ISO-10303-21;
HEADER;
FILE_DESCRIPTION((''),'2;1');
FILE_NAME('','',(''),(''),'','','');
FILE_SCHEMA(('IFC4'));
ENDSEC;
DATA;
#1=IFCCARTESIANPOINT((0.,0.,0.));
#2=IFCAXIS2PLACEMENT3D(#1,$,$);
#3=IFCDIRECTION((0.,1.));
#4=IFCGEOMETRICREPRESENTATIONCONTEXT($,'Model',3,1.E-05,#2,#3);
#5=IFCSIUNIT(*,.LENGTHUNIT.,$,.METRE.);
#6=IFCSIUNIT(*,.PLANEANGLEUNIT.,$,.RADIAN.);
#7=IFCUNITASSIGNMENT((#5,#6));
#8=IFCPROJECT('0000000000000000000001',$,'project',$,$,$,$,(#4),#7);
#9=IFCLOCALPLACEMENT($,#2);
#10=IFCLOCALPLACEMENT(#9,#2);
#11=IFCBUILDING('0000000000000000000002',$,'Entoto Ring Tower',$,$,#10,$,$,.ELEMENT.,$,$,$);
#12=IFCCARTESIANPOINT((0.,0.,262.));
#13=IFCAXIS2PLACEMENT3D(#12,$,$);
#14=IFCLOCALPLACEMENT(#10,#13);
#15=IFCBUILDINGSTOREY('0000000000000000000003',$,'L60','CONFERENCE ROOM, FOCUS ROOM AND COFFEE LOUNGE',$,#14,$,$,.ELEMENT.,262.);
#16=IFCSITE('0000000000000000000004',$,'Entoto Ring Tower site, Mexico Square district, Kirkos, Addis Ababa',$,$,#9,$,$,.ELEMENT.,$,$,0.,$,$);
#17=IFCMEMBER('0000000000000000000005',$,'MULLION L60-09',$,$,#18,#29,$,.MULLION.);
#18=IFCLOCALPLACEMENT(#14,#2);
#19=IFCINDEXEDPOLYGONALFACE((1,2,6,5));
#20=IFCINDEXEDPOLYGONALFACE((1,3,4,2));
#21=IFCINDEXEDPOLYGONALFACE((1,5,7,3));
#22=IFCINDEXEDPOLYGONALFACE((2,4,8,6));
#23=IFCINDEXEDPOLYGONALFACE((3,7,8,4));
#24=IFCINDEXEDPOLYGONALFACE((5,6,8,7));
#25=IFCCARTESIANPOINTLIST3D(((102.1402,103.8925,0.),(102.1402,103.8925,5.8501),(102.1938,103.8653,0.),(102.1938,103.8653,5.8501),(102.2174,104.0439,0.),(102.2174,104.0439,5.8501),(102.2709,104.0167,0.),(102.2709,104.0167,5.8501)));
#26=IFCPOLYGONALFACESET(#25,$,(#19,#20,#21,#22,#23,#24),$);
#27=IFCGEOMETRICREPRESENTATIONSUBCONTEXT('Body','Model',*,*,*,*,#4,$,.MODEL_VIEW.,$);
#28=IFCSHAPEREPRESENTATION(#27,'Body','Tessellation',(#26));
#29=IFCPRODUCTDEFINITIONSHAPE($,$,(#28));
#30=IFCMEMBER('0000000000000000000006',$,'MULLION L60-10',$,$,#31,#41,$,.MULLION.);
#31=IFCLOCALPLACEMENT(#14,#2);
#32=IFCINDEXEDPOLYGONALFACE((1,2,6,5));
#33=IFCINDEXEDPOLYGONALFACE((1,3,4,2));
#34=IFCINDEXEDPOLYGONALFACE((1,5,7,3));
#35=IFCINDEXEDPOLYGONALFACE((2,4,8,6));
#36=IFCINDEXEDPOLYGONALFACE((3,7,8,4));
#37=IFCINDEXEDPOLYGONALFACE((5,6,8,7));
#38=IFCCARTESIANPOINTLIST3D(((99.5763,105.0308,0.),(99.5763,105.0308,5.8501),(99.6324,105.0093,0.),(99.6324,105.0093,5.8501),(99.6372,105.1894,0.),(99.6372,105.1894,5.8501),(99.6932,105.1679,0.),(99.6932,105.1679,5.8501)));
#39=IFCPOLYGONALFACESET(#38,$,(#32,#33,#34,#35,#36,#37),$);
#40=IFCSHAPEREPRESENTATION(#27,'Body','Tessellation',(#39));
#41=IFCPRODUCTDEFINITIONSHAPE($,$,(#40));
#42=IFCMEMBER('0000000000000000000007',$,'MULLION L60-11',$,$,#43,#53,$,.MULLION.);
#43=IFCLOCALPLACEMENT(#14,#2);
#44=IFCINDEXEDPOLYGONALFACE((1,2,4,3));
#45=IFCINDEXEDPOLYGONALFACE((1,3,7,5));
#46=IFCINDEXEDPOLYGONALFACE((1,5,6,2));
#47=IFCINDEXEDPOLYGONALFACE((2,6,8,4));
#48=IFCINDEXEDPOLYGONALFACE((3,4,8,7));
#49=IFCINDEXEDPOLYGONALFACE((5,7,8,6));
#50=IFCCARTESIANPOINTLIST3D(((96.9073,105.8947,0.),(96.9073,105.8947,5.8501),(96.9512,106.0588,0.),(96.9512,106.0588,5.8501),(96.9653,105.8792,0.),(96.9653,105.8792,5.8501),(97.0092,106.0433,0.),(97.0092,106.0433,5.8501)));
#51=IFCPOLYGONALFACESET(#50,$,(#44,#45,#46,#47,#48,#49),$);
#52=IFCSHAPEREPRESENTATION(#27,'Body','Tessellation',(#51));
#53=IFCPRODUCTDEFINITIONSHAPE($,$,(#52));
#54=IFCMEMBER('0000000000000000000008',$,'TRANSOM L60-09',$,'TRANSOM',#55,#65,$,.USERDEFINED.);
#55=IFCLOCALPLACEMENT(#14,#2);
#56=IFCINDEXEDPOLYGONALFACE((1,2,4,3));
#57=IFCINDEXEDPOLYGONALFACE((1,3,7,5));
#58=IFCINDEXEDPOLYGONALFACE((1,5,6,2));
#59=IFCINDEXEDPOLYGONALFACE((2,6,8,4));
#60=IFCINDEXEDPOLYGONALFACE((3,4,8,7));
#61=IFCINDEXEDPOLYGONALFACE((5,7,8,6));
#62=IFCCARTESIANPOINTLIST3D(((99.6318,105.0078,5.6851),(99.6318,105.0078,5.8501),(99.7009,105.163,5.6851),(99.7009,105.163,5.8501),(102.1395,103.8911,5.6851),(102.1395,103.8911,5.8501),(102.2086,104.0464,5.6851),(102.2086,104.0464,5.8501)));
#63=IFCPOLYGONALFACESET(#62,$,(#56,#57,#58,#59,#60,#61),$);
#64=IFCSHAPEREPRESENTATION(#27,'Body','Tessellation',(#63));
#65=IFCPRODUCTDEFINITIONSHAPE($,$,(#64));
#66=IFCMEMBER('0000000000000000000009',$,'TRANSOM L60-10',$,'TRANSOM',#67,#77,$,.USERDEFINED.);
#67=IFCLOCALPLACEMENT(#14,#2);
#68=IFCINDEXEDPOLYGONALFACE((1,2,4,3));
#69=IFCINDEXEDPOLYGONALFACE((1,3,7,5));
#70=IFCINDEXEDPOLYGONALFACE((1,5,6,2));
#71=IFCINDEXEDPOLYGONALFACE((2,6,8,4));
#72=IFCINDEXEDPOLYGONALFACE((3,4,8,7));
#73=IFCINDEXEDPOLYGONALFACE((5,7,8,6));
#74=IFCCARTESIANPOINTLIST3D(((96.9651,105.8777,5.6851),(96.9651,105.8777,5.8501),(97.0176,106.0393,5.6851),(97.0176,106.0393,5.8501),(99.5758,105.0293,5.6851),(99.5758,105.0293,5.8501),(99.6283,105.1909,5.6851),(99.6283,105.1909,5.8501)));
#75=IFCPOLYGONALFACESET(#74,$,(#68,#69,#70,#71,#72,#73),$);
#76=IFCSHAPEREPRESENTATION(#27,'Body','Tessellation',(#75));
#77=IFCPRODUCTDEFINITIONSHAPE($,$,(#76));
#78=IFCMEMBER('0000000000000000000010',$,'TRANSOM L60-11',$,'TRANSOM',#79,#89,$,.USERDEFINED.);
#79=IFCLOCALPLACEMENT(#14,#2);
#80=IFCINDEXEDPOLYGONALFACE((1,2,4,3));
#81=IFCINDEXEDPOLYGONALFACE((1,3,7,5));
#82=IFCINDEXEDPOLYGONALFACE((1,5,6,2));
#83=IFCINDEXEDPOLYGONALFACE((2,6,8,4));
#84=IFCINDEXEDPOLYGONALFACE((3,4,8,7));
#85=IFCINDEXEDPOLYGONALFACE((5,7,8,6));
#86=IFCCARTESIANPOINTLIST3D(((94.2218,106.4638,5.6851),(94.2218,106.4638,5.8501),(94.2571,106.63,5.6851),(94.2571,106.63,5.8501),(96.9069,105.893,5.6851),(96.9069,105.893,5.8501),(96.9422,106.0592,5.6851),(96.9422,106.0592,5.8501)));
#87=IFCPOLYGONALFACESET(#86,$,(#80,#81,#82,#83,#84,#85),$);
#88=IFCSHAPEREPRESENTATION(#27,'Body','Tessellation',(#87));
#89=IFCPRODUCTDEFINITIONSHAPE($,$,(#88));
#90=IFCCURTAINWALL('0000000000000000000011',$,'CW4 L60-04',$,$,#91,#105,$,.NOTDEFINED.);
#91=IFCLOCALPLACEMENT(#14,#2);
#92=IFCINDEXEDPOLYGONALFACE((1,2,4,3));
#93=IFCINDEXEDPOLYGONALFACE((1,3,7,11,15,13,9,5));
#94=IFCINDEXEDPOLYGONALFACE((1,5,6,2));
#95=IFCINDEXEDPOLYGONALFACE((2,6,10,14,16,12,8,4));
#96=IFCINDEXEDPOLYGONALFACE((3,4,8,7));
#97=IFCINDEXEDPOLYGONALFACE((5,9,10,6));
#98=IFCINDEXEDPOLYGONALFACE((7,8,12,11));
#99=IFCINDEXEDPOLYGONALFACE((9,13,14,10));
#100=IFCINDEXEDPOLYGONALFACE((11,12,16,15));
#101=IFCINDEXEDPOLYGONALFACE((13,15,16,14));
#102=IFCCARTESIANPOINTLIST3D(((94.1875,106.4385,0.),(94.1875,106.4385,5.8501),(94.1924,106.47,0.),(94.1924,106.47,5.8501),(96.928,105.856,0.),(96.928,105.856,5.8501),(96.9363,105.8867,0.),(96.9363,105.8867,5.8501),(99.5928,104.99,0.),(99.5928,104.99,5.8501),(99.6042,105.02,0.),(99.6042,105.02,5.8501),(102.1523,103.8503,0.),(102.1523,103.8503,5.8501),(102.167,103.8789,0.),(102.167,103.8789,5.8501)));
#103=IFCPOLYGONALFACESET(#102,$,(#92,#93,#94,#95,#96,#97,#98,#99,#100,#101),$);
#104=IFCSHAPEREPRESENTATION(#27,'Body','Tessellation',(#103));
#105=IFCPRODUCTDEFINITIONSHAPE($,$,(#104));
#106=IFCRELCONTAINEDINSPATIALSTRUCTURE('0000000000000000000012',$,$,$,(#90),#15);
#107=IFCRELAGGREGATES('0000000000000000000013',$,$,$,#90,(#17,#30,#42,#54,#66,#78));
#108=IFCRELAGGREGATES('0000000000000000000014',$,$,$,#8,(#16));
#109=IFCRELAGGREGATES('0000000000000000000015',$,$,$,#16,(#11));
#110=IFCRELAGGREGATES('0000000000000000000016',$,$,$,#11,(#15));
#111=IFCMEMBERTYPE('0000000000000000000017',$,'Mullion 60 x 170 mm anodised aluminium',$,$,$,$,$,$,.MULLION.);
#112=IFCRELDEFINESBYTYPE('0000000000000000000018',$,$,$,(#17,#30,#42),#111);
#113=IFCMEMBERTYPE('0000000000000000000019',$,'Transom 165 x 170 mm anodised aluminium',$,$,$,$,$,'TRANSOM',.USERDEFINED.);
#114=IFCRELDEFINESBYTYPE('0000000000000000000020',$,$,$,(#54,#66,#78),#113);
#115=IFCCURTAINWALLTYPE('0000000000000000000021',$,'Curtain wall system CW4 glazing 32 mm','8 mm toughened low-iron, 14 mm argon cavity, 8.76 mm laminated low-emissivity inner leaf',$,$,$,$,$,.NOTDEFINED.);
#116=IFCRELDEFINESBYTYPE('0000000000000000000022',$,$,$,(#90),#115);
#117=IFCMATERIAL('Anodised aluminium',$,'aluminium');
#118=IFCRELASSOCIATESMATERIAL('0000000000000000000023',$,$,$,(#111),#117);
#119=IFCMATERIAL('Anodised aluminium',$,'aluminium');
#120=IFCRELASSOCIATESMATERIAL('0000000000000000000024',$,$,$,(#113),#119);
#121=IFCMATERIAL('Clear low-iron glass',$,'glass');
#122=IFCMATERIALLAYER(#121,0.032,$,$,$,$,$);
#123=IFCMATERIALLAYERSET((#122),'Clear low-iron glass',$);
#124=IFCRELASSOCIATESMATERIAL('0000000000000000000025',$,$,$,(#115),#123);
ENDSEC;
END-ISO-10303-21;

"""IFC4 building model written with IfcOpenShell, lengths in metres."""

from ifc_helpers import new_model, si_unit, direction, frame, origin, origin_2d, place, context, subcontext, project, spatial, polyline, rectangle, outline, extrude, material, layer, layer_set, material_profile, profile_set, type_object, element, aggregate, save


model = new_model("IFC4")

# Units and contexts
model_context = context("Model", 3, precision=1e-05, world=origin(), true_north=direction((0.0, 1.0)))
body_context = subcontext(model_context, "Body", "Model", "MODEL_VIEW")
ifc_project = project(units=[si_unit("LENGTHUNIT", "METRE"), si_unit("PLANEANGLEUNIT", "RADIAN")], contexts=[model_context])

# Members
ifc_material_1 = material(Name="Anodised aluminium", Category="aluminium")
ifc_material_profile_1 = material_profile(ifc_material_1, rectangle(XDim=0.0601, YDim=0.1699, at=origin_2d()), Name="Mullion 60 x 170 mm anodised aluminium")
ifc_profile_set_1 = profile_set([ifc_material_profile_1], Name="Anodised aluminium")
member_type_1 = type_object("IfcMemberType", Name="Mullion 60 x 170 mm anodised aluminium", PredefinedType="MULLION", material=ifc_profile_set_1)
site_placement = place(None, origin())
building_placement = place(site_placement, origin())
storey_placement = place(building_placement, frame((0.0, 0.0, 262.0)))
member_1_placement = place(storey_placement, frame((102.2056, 103.9546, 0.0), z_axis=(0.0, 0.0, 1.0), x_axis=(-0.891007, 0.45399, 0.0)))
member_1 = element("IfcMember", 1, at=member_1_placement, type_object=member_type_1, Name="MULLION L60-09", PredefinedType="MULLION", context=body_context, shape_type="SweptSolid", body=[
    extrude(rectangle(XDim=0.0601, YDim=0.1699, at=origin_2d()), origin(), (0.0, 0.0, 1.0), 5.8501),
])
member_2_placement = place(storey_placement, frame((99.6348, 105.0994, 0.0), z_axis=(0.0, 0.0, 1.0), x_axis=(-0.93358, 0.358368, 0.0)))
member_2 = element("IfcMember", 2, at=member_2_placement, type_object=member_type_1, Name="MULLION L60-10", PredefinedType="MULLION", context=body_context, shape_type="SweptSolid", body=[
    extrude(rectangle(XDim=0.0601, YDim=0.1699, at=origin_2d()), origin(), (0.0, 0.0, 1.0), 5.8501),
])
member_3_placement = place(storey_placement, frame((96.9583, 105.969, 0.0), z_axis=(0.0, 0.0, 1.0), x_axis=(-0.965926, 0.258819, 0.0)))
member_3 = element("IfcMember", 3, at=member_3_placement, type_object=member_type_1, Name="MULLION L60-11", PredefinedType="MULLION", context=body_context, shape_type="SweptSolid", body=[
    extrude(rectangle(XDim=0.0601, YDim=0.1699, at=origin_2d()), origin(), (0.0, 0.0, 1.0), 5.8501),
])
ifc_material_2 = material(Name="Anodised aluminium", Category="aluminium")
ifc_material_profile_2 = material_profile(ifc_material_2, rectangle(XDim=0.1699, YDim=0.165, at=origin_2d()), Name="Transom 165 x 170 mm anodised aluminium")
ifc_profile_set_2 = profile_set([ifc_material_profile_2], Name="Anodised aluminium")
member_type_2 = type_object("IfcMemberType", Name="Transom 165 x 170 mm anodised aluminium", ElementType="TRANSOM", PredefinedType="USERDEFINED", material=ifc_profile_set_2)
member_4_placement = place(storey_placement, frame((102.1741, 103.9688, 5.7676), z_axis=(-0.913525, 0.406782, 0.0), x_axis=(-0.406782, -0.913525, 0.0)))
member_4 = element("IfcMember", 4, at=member_4_placement, type_object=member_type_2, Name="TRANSOM L60-09", ObjectType="TRANSOM", PredefinedType="USERDEFINED", context=body_context, shape_type="SweptSolid", body=[
    extrude(rectangle(XDim=0.1699, YDim=0.165, at=origin_2d()), origin(), (0.0, 0.0, 1.0), 2.7451),
])
member_5_placement = place(storey_placement, frame((99.6021, 105.1101, 5.7676), z_axis=(-0.951048, 0.309042, 0.0), x_axis=(-0.309042, -0.951048, 0.0)))
member_5 = element("IfcMember", 5, at=member_5_placement, type_object=member_type_2, Name="TRANSOM L60-10", ObjectType="TRANSOM", PredefinedType="USERDEFINED", context=body_context, shape_type="SweptSolid", body=[
    extrude(rectangle(XDim=0.1699, YDim=0.165, at=origin_2d()), origin(), (0.0, 0.0, 1.0), 2.7451),
])
member_6_placement = place(storey_placement, frame((96.9246, 105.9761, 5.7676), z_axis=(-0.978142, 0.207937, 0.0), x_axis=(-0.207937, -0.978142, 0.0)))
member_6 = element("IfcMember", 6, at=member_6_placement, type_object=member_type_2, Name="TRANSOM L60-11", ObjectType="TRANSOM", PredefinedType="USERDEFINED", context=body_context, shape_type="SweptSolid", body=[
    extrude(rectangle(XDim=0.1699, YDim=0.165, at=origin_2d()), origin(), (0.0, 0.0, 1.0), 2.7451),
])

# Site, building, storey
site = spatial("IfcSite", under=ifc_project, at=site_placement, Name="Entoto Ring Tower site, Mexico Square district, Kirkos, Addis Ababa", CompositionType="ELEMENT", RefElevation=0.0)
building = spatial("IfcBuilding", under=site, at=building_placement, Name="Entoto Ring Tower", CompositionType="ELEMENT")
storey = spatial("IfcBuildingStorey", under=building, at=storey_placement, Name="L60", Description="CONFERENCE ROOM, FOCUS ROOM AND COFFEE LOUNGE", CompositionType="ELEMENT", Elevation=262.0)

# Curtain wall
ifc_material_3 = material(Name="Clear low-iron glass", Category="glass")
ifc_layer_1 = layer(ifc_material_3, 0.032)
ifc_layer_set_1 = layer_set([ifc_layer_1], Name="Clear low-iron glass")
curtain_wall_type = type_object("IfcCurtainWallType", Name="Curtain wall system CW4 glazing 32 mm", Description="8 mm toughened low-iron, 14 mm argon cavity, 8.76 mm laminated low-emissivity inner leaf", PredefinedType="NOTDEFINED", material=ifc_layer_set_1)
curtain_wall_1_placement = place(storey_placement, origin())
curtain_wall_1 = element("IfcCurtainWall", 7, at=curtain_wall_1_placement, inside=storey, type_object=curtain_wall_type, Name="CW4 L60-04", PredefinedType="NOTDEFINED", context=body_context, shape_type="SweptSolid", body=[
    extrude(outline(polyline([(102.167, 103.8789), (99.6042, 105.02), (96.9363, 105.8867), (94.1924, 106.47), (94.1875, 106.4385), (96.928, 105.856), (99.5928, 104.99), (102.1523, 103.8503), (102.167, 103.8789)])), origin(), (0.0, 0.0, 1.0), 5.8501),
])
aggregate(curtain_wall_1, [member_1, member_2, member_3, member_4, member_5, member_6])

save(model, "model.ifc")
